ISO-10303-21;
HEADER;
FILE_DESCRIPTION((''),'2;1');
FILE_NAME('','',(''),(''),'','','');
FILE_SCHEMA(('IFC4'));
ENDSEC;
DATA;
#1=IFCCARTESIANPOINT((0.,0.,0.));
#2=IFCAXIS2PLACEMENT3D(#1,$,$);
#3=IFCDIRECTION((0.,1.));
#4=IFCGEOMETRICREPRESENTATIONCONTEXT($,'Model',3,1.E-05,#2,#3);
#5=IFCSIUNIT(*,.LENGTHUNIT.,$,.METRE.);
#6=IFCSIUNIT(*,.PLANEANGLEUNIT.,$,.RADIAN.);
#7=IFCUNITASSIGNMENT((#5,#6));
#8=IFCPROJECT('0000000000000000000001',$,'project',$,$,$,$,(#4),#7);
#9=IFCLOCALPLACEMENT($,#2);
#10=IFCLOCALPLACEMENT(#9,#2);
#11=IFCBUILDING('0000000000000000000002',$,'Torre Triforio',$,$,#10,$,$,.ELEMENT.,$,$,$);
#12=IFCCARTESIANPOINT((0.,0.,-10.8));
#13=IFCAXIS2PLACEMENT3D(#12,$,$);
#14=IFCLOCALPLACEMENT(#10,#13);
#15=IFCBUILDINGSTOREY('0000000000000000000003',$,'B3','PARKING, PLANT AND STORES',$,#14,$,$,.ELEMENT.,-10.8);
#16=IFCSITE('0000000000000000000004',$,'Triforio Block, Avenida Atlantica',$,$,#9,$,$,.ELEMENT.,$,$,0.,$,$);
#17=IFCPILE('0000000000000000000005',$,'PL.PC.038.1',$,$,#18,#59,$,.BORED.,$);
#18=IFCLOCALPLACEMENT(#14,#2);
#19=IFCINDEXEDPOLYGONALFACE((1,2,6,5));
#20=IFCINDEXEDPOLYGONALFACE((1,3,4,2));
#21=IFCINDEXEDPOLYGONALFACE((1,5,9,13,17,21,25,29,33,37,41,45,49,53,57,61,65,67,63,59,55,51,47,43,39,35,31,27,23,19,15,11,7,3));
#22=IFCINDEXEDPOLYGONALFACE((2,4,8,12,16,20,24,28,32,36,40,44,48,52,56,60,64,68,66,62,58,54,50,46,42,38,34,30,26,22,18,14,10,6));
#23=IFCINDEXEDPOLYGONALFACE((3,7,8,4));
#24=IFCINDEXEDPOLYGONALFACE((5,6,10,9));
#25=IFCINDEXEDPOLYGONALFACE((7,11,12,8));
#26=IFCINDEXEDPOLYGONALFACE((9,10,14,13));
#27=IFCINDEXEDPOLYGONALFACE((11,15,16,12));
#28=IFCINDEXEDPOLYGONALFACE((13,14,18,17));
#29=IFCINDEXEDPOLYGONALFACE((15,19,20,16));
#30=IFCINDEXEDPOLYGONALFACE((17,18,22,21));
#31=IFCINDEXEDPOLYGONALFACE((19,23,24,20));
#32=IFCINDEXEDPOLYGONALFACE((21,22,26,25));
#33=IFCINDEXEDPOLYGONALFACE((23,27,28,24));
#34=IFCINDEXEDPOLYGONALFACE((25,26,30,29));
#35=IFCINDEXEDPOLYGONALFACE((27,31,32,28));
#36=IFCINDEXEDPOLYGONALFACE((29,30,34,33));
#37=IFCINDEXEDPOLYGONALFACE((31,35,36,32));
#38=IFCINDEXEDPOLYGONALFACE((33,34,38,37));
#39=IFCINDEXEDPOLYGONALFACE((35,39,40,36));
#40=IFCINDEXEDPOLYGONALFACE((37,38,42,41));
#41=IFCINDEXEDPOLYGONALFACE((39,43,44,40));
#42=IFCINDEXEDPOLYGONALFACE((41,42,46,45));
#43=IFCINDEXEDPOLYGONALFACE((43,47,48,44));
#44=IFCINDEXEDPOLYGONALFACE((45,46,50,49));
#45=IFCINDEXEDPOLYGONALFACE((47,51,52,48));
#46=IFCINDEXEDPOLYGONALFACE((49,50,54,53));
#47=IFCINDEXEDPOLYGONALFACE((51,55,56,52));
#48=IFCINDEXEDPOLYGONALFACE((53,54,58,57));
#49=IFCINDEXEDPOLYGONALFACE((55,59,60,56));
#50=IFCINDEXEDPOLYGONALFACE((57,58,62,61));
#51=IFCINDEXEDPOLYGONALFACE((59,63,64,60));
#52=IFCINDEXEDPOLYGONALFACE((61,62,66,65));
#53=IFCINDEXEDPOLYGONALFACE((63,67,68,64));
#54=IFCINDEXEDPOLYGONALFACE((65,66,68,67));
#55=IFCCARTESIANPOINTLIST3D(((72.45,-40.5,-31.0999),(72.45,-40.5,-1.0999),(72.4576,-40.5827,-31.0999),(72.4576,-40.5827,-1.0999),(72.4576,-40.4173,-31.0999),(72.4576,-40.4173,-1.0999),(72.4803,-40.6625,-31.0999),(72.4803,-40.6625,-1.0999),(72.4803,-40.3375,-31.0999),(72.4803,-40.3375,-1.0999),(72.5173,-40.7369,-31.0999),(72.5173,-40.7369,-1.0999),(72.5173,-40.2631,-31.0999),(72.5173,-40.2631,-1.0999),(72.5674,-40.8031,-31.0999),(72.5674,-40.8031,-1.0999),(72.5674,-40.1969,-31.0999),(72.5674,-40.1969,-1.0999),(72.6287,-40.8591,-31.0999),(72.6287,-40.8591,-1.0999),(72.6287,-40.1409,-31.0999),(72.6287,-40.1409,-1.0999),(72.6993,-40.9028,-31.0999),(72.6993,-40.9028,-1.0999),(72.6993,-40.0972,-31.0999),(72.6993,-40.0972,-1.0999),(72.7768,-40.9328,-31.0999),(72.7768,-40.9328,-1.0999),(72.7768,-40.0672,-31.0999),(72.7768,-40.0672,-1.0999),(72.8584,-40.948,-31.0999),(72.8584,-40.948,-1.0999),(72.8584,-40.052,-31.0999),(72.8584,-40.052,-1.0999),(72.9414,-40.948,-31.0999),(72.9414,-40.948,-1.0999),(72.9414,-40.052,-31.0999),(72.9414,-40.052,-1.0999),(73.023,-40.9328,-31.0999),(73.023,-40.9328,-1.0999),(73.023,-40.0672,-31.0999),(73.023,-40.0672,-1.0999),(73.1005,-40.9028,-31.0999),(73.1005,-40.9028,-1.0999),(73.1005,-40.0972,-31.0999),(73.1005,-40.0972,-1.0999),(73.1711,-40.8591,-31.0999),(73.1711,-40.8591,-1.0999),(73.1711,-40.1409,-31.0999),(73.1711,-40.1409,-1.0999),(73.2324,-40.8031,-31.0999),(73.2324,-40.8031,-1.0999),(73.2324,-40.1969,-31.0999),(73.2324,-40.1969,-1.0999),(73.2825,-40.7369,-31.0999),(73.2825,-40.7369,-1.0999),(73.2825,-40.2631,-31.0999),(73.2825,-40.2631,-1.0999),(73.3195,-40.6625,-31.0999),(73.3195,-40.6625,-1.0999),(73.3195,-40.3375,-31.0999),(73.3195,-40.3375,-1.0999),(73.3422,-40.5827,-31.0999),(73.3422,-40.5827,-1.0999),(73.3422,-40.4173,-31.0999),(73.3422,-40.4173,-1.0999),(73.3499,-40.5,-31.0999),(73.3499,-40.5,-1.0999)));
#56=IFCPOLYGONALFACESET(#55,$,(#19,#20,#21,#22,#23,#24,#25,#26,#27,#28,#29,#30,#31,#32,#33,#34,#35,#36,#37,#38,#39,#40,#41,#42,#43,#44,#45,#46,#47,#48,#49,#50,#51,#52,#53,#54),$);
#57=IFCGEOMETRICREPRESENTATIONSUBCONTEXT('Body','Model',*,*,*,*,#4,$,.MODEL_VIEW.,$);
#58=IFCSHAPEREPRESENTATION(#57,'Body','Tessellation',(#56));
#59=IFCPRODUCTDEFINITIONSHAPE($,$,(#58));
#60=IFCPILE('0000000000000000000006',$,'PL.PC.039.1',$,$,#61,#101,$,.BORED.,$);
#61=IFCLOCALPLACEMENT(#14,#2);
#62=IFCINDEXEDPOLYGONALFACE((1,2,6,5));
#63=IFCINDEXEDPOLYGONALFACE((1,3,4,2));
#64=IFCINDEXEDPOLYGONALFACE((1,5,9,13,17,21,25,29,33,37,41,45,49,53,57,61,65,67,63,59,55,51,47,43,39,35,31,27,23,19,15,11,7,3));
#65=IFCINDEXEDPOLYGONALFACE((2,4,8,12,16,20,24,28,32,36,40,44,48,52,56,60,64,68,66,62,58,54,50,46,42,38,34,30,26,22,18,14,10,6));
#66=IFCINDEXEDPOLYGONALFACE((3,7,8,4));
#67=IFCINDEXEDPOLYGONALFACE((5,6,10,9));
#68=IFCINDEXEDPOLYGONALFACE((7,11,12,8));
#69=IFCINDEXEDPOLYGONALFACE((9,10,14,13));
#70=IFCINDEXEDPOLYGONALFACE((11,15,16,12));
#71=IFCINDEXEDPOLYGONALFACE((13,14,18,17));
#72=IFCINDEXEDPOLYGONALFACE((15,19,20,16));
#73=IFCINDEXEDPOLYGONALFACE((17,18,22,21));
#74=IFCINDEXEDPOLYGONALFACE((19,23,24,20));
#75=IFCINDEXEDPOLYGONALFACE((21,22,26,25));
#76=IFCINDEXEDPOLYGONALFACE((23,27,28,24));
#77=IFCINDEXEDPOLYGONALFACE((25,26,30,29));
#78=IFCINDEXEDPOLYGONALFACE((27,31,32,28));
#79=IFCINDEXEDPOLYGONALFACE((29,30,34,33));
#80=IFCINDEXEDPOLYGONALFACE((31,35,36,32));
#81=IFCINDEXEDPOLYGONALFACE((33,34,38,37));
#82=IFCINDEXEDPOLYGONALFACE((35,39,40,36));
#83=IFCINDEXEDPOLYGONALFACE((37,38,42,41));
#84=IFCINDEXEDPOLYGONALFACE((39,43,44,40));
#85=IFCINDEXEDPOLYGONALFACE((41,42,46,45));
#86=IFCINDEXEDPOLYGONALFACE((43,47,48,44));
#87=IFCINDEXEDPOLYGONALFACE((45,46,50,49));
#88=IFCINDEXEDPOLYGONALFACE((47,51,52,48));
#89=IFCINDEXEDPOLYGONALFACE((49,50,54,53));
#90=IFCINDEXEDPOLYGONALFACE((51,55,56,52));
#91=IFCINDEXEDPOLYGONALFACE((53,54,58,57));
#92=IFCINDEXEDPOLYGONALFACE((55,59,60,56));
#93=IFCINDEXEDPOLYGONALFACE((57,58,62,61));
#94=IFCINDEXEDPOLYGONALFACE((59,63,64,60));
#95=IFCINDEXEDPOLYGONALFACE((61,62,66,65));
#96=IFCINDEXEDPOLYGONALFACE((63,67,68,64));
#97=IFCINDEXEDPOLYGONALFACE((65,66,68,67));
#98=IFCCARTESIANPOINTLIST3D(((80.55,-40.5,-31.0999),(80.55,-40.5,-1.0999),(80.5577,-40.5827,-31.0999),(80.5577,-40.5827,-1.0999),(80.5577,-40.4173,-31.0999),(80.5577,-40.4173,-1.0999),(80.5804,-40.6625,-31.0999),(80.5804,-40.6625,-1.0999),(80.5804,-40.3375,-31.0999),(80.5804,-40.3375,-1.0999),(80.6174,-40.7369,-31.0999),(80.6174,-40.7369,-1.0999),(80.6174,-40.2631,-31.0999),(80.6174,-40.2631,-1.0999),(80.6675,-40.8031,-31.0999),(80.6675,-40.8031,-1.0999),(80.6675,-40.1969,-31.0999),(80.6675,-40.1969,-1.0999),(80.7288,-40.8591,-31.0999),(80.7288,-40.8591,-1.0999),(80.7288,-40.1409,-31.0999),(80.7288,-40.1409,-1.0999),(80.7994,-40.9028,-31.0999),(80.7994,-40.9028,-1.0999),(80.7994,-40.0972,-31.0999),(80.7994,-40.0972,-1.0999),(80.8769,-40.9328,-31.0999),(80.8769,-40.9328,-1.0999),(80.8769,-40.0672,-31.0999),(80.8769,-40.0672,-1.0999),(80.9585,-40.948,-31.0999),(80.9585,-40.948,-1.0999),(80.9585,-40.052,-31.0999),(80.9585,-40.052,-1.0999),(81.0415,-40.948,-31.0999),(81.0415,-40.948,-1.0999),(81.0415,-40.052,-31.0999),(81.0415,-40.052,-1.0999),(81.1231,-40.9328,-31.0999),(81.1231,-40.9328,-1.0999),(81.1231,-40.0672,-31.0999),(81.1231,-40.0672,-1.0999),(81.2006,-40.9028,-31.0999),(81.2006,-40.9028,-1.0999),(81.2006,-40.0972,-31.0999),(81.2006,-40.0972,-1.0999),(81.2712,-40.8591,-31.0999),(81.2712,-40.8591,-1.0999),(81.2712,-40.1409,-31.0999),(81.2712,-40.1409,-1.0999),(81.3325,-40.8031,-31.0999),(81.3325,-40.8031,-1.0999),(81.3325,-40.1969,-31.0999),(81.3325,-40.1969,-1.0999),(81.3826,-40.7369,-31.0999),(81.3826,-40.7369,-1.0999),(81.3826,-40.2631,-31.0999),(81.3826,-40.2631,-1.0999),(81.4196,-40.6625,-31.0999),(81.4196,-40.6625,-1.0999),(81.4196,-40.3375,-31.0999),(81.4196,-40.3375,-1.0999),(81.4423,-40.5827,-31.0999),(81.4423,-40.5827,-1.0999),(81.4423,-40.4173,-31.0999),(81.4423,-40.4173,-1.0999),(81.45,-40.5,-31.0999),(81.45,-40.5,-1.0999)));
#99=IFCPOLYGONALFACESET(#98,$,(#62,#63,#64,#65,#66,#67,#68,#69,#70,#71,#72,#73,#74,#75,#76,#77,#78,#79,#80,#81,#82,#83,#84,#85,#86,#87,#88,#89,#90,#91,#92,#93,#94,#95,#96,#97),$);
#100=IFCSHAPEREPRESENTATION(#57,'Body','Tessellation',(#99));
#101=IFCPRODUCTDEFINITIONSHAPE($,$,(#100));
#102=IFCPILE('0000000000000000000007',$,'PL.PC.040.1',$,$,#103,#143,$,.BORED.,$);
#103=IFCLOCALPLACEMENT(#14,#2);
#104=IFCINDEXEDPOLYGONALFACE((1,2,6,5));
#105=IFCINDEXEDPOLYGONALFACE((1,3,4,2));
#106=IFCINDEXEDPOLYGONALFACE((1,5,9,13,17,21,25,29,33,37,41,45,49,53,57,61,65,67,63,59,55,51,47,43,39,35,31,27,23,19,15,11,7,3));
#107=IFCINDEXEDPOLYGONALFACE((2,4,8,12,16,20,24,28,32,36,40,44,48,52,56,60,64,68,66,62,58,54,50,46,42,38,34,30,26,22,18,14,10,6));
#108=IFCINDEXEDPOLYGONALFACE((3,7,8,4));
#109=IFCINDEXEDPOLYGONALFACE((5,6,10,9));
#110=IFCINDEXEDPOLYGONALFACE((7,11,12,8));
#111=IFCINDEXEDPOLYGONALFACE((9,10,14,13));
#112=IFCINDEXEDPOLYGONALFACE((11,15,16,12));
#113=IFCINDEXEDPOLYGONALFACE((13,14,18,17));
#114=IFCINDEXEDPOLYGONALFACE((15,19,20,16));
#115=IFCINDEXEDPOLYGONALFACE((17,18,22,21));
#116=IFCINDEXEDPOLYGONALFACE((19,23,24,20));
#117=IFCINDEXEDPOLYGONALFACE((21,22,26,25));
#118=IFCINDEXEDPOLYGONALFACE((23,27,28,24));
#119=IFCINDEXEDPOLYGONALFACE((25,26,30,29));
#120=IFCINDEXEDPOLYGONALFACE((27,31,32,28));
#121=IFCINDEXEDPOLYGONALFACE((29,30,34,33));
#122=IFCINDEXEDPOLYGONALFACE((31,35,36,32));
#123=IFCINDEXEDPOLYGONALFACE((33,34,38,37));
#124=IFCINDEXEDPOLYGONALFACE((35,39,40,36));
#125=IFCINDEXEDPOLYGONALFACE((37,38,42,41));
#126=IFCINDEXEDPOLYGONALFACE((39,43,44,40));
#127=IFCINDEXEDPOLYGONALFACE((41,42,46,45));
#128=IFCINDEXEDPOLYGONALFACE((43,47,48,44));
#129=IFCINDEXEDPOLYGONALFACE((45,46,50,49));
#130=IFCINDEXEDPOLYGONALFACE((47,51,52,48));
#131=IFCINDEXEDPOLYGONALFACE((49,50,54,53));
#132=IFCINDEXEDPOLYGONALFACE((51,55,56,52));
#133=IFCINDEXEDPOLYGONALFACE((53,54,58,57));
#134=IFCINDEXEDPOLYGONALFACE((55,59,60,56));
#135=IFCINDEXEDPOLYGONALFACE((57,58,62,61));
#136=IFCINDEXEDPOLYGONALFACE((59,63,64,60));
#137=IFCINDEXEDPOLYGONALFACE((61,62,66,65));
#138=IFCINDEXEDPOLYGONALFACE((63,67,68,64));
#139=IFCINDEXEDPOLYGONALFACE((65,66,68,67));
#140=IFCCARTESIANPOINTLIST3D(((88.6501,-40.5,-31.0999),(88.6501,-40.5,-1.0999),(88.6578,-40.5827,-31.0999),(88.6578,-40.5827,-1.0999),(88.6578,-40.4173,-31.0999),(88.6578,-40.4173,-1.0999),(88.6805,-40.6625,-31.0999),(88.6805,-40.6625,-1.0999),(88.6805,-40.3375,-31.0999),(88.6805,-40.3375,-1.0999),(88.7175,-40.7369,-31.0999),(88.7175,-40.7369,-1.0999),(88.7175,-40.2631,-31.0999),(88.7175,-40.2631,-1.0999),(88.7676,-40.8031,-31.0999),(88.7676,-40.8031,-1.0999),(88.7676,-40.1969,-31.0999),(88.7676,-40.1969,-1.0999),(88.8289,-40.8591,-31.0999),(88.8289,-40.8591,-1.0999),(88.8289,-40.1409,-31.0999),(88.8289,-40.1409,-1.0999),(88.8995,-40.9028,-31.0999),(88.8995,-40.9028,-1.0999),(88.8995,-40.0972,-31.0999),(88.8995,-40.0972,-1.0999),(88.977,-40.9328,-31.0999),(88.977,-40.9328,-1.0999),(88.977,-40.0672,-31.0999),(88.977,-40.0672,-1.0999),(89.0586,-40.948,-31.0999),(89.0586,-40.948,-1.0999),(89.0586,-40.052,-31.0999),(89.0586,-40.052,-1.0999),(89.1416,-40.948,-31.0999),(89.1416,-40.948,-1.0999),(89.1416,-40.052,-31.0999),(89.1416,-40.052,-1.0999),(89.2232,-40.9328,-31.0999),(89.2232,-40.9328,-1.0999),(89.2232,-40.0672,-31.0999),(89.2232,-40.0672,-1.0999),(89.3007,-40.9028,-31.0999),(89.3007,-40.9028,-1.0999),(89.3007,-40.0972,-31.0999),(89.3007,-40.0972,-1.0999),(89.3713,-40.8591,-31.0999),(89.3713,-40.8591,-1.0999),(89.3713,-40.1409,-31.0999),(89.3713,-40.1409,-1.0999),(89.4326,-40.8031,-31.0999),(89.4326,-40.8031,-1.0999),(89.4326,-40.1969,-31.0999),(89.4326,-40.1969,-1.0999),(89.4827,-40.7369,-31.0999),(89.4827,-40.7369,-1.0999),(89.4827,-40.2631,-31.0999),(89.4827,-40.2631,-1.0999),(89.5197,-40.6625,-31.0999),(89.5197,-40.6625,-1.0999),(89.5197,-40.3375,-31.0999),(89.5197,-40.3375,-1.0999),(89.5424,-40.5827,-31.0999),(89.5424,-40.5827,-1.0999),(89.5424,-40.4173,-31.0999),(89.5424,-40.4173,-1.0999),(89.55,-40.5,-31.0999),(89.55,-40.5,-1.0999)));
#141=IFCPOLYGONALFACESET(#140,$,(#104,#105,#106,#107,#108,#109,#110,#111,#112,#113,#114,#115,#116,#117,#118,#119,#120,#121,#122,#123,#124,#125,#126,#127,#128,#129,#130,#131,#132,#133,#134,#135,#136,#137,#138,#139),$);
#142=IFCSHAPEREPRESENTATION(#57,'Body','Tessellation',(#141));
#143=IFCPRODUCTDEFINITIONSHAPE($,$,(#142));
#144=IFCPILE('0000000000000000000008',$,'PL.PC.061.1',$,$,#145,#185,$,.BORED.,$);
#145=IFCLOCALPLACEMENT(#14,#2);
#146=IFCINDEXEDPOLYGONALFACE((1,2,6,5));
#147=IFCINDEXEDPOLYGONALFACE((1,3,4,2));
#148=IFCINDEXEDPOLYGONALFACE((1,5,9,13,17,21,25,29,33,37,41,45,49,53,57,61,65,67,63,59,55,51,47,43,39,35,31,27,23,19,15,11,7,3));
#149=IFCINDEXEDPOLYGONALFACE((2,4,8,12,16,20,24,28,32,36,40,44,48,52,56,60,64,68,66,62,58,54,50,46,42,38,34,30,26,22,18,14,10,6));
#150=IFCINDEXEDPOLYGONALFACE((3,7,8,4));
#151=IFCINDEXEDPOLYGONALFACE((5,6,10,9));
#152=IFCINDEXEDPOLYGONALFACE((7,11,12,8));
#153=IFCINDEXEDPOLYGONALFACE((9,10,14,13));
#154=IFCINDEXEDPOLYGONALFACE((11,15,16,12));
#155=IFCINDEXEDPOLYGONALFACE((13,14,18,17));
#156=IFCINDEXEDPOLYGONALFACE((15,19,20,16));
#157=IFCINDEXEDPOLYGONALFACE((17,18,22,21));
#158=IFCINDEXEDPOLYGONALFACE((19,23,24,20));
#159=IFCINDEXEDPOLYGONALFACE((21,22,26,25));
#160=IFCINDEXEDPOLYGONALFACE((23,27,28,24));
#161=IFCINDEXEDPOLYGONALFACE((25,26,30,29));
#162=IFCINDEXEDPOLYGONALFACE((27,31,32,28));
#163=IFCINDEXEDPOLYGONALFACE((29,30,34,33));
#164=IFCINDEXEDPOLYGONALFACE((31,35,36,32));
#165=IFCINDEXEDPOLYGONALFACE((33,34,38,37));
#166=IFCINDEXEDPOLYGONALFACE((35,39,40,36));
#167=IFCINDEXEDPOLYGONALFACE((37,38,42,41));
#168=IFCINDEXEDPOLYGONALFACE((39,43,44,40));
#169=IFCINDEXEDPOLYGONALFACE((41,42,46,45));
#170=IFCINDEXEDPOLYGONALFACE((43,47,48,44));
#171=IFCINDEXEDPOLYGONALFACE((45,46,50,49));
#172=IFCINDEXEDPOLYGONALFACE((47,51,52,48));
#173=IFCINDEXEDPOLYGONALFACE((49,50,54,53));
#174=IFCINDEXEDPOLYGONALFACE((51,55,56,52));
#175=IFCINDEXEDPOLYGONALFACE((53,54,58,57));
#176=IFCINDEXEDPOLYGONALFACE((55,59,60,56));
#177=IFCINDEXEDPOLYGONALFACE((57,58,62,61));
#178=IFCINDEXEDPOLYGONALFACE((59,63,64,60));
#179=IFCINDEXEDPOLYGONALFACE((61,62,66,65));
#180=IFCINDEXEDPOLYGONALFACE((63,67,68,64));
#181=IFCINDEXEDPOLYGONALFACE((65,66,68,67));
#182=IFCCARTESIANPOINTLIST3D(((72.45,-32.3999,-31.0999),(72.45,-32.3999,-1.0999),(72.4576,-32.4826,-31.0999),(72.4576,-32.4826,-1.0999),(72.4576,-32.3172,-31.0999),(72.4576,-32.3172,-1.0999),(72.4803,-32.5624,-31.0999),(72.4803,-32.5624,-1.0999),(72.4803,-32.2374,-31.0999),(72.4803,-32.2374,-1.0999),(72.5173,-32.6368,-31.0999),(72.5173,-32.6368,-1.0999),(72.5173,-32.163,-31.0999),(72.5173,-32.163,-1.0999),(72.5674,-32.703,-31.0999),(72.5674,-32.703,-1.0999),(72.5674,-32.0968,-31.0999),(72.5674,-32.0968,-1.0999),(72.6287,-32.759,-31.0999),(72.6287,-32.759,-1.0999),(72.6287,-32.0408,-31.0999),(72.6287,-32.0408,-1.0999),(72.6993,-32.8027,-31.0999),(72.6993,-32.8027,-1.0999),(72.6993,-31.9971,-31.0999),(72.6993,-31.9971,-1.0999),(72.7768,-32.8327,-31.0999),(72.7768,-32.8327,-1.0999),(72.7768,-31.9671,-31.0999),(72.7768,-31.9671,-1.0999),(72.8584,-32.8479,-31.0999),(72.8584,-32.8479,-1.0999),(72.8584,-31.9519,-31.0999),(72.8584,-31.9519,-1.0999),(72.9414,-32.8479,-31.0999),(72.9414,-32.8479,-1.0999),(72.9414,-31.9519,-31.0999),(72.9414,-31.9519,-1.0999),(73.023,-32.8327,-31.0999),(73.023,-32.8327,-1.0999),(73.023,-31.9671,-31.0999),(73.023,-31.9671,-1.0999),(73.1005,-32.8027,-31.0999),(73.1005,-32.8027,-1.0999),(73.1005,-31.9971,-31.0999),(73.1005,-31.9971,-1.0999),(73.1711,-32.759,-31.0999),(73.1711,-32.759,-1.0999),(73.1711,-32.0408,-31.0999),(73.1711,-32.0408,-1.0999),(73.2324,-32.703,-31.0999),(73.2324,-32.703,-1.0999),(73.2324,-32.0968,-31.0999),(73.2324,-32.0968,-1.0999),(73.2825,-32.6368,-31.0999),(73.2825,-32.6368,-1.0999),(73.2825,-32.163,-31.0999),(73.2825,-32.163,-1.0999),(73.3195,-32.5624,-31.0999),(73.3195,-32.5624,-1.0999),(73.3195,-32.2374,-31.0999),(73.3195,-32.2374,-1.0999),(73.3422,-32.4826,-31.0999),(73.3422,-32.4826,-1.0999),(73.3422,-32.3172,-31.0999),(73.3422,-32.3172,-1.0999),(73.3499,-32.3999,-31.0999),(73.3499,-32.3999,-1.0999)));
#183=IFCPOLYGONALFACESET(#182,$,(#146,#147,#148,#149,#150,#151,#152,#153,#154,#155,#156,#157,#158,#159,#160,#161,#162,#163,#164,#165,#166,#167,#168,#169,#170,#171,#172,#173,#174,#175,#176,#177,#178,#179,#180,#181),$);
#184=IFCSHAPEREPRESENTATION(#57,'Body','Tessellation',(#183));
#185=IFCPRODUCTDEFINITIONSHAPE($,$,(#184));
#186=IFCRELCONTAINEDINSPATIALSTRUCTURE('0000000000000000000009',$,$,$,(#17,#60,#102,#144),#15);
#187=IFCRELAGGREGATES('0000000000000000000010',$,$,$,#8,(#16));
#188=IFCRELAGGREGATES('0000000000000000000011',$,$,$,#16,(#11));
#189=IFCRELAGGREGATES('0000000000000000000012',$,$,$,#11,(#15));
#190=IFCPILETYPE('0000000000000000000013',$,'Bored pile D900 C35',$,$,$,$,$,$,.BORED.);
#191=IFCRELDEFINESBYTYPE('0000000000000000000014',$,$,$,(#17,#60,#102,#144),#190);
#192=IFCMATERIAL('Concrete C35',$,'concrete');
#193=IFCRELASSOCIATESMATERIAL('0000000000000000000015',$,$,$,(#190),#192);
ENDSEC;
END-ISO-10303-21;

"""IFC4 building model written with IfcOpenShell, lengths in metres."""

from ifc_helpers import new_model, si_unit, direction, frame, origin, origin_2d, place, context, subcontext, project, spatial, circle, extrude, material, material_profile, profile_set, type_object, element, save


model = new_model("IFC4")

# Units and contexts
model_context = context("Model", 3, precision=1e-05, world=origin(), true_north=direction((0.0, 1.0)))
body_context = subcontext(model_context, "Body", "Model", "MODEL_VIEW")
ifc_project = project(units=[si_unit("LENGTHUNIT", "METRE"), si_unit("PLANEANGLEUNIT", "RADIAN")], contexts=[model_context])

# Site, building, storey
site_placement = place(None, origin())
site = spatial("IfcSite", under=ifc_project, at=site_placement, Name="Triforio Block, Avenida Atlantica", CompositionType="ELEMENT", RefElevation=0.0)
building_placement = place(site_placement, origin())
building = spatial("IfcBuilding", under=site, at=building_placement, Name="Torre Triforio", CompositionType="ELEMENT")
storey_placement = place(building_placement, frame((0.0, 0.0, -10.8)))
storey = spatial("IfcBuildingStorey", under=building, at=storey_placement, Name="B3", Description="PARKING, PLANT AND STORES", CompositionType="ELEMENT", Elevation=-10.8)

# Piles
ifc_material_1 = material(Name="Concrete C35", Category="concrete")
ifc_material_profile_1 = material_profile(ifc_material_1, circle(Radius=0.45, at=origin_2d()), Name="RC D900")
ifc_profile_set_1 = profile_set([ifc_material_profile_1], Name="Concrete C35")
pile_type = type_object("IfcPileType", Name="Bored pile D900 C35", PredefinedType="BORED", material=ifc_profile_set_1)
for number, where, z_axis, x_axis, name in (
    (1, (72.8999, -40.5, -1.0999), (0.0, 0.0, -1.0), (1.0, 0.0, 0.0), "PL.PC.038.1"),
    (2, (81.0, -40.5, -1.0999), (0.0, 0.0, -1.0), (1.0, 0.0, 0.0), "PL.PC.039.1"),
    (3, (89.1001, -40.5, -1.0999), (0.0, 0.0, -1.0), (1.0, 0.0, 0.0), "PL.PC.040.1"),
    (4, (72.8999, -32.3999, -1.0999), (0.0, 0.0, -1.0), (1.0, 0.0, 0.0), "PL.PC.061.1"),
):
    element("IfcPile", number, at=place(storey_placement, frame(where, z_axis=z_axis, x_axis=x_axis)), inside=storey, type_object=pile_type, Name=name, PredefinedType="BORED", context=body_context, shape_type="SweptSolid", body=[
        extrude(circle(Radius=0.45, at=origin_2d()), origin(), (0.0, 0.0, 1.0), 30.0),
    ])

save(model, "model.ifc")
